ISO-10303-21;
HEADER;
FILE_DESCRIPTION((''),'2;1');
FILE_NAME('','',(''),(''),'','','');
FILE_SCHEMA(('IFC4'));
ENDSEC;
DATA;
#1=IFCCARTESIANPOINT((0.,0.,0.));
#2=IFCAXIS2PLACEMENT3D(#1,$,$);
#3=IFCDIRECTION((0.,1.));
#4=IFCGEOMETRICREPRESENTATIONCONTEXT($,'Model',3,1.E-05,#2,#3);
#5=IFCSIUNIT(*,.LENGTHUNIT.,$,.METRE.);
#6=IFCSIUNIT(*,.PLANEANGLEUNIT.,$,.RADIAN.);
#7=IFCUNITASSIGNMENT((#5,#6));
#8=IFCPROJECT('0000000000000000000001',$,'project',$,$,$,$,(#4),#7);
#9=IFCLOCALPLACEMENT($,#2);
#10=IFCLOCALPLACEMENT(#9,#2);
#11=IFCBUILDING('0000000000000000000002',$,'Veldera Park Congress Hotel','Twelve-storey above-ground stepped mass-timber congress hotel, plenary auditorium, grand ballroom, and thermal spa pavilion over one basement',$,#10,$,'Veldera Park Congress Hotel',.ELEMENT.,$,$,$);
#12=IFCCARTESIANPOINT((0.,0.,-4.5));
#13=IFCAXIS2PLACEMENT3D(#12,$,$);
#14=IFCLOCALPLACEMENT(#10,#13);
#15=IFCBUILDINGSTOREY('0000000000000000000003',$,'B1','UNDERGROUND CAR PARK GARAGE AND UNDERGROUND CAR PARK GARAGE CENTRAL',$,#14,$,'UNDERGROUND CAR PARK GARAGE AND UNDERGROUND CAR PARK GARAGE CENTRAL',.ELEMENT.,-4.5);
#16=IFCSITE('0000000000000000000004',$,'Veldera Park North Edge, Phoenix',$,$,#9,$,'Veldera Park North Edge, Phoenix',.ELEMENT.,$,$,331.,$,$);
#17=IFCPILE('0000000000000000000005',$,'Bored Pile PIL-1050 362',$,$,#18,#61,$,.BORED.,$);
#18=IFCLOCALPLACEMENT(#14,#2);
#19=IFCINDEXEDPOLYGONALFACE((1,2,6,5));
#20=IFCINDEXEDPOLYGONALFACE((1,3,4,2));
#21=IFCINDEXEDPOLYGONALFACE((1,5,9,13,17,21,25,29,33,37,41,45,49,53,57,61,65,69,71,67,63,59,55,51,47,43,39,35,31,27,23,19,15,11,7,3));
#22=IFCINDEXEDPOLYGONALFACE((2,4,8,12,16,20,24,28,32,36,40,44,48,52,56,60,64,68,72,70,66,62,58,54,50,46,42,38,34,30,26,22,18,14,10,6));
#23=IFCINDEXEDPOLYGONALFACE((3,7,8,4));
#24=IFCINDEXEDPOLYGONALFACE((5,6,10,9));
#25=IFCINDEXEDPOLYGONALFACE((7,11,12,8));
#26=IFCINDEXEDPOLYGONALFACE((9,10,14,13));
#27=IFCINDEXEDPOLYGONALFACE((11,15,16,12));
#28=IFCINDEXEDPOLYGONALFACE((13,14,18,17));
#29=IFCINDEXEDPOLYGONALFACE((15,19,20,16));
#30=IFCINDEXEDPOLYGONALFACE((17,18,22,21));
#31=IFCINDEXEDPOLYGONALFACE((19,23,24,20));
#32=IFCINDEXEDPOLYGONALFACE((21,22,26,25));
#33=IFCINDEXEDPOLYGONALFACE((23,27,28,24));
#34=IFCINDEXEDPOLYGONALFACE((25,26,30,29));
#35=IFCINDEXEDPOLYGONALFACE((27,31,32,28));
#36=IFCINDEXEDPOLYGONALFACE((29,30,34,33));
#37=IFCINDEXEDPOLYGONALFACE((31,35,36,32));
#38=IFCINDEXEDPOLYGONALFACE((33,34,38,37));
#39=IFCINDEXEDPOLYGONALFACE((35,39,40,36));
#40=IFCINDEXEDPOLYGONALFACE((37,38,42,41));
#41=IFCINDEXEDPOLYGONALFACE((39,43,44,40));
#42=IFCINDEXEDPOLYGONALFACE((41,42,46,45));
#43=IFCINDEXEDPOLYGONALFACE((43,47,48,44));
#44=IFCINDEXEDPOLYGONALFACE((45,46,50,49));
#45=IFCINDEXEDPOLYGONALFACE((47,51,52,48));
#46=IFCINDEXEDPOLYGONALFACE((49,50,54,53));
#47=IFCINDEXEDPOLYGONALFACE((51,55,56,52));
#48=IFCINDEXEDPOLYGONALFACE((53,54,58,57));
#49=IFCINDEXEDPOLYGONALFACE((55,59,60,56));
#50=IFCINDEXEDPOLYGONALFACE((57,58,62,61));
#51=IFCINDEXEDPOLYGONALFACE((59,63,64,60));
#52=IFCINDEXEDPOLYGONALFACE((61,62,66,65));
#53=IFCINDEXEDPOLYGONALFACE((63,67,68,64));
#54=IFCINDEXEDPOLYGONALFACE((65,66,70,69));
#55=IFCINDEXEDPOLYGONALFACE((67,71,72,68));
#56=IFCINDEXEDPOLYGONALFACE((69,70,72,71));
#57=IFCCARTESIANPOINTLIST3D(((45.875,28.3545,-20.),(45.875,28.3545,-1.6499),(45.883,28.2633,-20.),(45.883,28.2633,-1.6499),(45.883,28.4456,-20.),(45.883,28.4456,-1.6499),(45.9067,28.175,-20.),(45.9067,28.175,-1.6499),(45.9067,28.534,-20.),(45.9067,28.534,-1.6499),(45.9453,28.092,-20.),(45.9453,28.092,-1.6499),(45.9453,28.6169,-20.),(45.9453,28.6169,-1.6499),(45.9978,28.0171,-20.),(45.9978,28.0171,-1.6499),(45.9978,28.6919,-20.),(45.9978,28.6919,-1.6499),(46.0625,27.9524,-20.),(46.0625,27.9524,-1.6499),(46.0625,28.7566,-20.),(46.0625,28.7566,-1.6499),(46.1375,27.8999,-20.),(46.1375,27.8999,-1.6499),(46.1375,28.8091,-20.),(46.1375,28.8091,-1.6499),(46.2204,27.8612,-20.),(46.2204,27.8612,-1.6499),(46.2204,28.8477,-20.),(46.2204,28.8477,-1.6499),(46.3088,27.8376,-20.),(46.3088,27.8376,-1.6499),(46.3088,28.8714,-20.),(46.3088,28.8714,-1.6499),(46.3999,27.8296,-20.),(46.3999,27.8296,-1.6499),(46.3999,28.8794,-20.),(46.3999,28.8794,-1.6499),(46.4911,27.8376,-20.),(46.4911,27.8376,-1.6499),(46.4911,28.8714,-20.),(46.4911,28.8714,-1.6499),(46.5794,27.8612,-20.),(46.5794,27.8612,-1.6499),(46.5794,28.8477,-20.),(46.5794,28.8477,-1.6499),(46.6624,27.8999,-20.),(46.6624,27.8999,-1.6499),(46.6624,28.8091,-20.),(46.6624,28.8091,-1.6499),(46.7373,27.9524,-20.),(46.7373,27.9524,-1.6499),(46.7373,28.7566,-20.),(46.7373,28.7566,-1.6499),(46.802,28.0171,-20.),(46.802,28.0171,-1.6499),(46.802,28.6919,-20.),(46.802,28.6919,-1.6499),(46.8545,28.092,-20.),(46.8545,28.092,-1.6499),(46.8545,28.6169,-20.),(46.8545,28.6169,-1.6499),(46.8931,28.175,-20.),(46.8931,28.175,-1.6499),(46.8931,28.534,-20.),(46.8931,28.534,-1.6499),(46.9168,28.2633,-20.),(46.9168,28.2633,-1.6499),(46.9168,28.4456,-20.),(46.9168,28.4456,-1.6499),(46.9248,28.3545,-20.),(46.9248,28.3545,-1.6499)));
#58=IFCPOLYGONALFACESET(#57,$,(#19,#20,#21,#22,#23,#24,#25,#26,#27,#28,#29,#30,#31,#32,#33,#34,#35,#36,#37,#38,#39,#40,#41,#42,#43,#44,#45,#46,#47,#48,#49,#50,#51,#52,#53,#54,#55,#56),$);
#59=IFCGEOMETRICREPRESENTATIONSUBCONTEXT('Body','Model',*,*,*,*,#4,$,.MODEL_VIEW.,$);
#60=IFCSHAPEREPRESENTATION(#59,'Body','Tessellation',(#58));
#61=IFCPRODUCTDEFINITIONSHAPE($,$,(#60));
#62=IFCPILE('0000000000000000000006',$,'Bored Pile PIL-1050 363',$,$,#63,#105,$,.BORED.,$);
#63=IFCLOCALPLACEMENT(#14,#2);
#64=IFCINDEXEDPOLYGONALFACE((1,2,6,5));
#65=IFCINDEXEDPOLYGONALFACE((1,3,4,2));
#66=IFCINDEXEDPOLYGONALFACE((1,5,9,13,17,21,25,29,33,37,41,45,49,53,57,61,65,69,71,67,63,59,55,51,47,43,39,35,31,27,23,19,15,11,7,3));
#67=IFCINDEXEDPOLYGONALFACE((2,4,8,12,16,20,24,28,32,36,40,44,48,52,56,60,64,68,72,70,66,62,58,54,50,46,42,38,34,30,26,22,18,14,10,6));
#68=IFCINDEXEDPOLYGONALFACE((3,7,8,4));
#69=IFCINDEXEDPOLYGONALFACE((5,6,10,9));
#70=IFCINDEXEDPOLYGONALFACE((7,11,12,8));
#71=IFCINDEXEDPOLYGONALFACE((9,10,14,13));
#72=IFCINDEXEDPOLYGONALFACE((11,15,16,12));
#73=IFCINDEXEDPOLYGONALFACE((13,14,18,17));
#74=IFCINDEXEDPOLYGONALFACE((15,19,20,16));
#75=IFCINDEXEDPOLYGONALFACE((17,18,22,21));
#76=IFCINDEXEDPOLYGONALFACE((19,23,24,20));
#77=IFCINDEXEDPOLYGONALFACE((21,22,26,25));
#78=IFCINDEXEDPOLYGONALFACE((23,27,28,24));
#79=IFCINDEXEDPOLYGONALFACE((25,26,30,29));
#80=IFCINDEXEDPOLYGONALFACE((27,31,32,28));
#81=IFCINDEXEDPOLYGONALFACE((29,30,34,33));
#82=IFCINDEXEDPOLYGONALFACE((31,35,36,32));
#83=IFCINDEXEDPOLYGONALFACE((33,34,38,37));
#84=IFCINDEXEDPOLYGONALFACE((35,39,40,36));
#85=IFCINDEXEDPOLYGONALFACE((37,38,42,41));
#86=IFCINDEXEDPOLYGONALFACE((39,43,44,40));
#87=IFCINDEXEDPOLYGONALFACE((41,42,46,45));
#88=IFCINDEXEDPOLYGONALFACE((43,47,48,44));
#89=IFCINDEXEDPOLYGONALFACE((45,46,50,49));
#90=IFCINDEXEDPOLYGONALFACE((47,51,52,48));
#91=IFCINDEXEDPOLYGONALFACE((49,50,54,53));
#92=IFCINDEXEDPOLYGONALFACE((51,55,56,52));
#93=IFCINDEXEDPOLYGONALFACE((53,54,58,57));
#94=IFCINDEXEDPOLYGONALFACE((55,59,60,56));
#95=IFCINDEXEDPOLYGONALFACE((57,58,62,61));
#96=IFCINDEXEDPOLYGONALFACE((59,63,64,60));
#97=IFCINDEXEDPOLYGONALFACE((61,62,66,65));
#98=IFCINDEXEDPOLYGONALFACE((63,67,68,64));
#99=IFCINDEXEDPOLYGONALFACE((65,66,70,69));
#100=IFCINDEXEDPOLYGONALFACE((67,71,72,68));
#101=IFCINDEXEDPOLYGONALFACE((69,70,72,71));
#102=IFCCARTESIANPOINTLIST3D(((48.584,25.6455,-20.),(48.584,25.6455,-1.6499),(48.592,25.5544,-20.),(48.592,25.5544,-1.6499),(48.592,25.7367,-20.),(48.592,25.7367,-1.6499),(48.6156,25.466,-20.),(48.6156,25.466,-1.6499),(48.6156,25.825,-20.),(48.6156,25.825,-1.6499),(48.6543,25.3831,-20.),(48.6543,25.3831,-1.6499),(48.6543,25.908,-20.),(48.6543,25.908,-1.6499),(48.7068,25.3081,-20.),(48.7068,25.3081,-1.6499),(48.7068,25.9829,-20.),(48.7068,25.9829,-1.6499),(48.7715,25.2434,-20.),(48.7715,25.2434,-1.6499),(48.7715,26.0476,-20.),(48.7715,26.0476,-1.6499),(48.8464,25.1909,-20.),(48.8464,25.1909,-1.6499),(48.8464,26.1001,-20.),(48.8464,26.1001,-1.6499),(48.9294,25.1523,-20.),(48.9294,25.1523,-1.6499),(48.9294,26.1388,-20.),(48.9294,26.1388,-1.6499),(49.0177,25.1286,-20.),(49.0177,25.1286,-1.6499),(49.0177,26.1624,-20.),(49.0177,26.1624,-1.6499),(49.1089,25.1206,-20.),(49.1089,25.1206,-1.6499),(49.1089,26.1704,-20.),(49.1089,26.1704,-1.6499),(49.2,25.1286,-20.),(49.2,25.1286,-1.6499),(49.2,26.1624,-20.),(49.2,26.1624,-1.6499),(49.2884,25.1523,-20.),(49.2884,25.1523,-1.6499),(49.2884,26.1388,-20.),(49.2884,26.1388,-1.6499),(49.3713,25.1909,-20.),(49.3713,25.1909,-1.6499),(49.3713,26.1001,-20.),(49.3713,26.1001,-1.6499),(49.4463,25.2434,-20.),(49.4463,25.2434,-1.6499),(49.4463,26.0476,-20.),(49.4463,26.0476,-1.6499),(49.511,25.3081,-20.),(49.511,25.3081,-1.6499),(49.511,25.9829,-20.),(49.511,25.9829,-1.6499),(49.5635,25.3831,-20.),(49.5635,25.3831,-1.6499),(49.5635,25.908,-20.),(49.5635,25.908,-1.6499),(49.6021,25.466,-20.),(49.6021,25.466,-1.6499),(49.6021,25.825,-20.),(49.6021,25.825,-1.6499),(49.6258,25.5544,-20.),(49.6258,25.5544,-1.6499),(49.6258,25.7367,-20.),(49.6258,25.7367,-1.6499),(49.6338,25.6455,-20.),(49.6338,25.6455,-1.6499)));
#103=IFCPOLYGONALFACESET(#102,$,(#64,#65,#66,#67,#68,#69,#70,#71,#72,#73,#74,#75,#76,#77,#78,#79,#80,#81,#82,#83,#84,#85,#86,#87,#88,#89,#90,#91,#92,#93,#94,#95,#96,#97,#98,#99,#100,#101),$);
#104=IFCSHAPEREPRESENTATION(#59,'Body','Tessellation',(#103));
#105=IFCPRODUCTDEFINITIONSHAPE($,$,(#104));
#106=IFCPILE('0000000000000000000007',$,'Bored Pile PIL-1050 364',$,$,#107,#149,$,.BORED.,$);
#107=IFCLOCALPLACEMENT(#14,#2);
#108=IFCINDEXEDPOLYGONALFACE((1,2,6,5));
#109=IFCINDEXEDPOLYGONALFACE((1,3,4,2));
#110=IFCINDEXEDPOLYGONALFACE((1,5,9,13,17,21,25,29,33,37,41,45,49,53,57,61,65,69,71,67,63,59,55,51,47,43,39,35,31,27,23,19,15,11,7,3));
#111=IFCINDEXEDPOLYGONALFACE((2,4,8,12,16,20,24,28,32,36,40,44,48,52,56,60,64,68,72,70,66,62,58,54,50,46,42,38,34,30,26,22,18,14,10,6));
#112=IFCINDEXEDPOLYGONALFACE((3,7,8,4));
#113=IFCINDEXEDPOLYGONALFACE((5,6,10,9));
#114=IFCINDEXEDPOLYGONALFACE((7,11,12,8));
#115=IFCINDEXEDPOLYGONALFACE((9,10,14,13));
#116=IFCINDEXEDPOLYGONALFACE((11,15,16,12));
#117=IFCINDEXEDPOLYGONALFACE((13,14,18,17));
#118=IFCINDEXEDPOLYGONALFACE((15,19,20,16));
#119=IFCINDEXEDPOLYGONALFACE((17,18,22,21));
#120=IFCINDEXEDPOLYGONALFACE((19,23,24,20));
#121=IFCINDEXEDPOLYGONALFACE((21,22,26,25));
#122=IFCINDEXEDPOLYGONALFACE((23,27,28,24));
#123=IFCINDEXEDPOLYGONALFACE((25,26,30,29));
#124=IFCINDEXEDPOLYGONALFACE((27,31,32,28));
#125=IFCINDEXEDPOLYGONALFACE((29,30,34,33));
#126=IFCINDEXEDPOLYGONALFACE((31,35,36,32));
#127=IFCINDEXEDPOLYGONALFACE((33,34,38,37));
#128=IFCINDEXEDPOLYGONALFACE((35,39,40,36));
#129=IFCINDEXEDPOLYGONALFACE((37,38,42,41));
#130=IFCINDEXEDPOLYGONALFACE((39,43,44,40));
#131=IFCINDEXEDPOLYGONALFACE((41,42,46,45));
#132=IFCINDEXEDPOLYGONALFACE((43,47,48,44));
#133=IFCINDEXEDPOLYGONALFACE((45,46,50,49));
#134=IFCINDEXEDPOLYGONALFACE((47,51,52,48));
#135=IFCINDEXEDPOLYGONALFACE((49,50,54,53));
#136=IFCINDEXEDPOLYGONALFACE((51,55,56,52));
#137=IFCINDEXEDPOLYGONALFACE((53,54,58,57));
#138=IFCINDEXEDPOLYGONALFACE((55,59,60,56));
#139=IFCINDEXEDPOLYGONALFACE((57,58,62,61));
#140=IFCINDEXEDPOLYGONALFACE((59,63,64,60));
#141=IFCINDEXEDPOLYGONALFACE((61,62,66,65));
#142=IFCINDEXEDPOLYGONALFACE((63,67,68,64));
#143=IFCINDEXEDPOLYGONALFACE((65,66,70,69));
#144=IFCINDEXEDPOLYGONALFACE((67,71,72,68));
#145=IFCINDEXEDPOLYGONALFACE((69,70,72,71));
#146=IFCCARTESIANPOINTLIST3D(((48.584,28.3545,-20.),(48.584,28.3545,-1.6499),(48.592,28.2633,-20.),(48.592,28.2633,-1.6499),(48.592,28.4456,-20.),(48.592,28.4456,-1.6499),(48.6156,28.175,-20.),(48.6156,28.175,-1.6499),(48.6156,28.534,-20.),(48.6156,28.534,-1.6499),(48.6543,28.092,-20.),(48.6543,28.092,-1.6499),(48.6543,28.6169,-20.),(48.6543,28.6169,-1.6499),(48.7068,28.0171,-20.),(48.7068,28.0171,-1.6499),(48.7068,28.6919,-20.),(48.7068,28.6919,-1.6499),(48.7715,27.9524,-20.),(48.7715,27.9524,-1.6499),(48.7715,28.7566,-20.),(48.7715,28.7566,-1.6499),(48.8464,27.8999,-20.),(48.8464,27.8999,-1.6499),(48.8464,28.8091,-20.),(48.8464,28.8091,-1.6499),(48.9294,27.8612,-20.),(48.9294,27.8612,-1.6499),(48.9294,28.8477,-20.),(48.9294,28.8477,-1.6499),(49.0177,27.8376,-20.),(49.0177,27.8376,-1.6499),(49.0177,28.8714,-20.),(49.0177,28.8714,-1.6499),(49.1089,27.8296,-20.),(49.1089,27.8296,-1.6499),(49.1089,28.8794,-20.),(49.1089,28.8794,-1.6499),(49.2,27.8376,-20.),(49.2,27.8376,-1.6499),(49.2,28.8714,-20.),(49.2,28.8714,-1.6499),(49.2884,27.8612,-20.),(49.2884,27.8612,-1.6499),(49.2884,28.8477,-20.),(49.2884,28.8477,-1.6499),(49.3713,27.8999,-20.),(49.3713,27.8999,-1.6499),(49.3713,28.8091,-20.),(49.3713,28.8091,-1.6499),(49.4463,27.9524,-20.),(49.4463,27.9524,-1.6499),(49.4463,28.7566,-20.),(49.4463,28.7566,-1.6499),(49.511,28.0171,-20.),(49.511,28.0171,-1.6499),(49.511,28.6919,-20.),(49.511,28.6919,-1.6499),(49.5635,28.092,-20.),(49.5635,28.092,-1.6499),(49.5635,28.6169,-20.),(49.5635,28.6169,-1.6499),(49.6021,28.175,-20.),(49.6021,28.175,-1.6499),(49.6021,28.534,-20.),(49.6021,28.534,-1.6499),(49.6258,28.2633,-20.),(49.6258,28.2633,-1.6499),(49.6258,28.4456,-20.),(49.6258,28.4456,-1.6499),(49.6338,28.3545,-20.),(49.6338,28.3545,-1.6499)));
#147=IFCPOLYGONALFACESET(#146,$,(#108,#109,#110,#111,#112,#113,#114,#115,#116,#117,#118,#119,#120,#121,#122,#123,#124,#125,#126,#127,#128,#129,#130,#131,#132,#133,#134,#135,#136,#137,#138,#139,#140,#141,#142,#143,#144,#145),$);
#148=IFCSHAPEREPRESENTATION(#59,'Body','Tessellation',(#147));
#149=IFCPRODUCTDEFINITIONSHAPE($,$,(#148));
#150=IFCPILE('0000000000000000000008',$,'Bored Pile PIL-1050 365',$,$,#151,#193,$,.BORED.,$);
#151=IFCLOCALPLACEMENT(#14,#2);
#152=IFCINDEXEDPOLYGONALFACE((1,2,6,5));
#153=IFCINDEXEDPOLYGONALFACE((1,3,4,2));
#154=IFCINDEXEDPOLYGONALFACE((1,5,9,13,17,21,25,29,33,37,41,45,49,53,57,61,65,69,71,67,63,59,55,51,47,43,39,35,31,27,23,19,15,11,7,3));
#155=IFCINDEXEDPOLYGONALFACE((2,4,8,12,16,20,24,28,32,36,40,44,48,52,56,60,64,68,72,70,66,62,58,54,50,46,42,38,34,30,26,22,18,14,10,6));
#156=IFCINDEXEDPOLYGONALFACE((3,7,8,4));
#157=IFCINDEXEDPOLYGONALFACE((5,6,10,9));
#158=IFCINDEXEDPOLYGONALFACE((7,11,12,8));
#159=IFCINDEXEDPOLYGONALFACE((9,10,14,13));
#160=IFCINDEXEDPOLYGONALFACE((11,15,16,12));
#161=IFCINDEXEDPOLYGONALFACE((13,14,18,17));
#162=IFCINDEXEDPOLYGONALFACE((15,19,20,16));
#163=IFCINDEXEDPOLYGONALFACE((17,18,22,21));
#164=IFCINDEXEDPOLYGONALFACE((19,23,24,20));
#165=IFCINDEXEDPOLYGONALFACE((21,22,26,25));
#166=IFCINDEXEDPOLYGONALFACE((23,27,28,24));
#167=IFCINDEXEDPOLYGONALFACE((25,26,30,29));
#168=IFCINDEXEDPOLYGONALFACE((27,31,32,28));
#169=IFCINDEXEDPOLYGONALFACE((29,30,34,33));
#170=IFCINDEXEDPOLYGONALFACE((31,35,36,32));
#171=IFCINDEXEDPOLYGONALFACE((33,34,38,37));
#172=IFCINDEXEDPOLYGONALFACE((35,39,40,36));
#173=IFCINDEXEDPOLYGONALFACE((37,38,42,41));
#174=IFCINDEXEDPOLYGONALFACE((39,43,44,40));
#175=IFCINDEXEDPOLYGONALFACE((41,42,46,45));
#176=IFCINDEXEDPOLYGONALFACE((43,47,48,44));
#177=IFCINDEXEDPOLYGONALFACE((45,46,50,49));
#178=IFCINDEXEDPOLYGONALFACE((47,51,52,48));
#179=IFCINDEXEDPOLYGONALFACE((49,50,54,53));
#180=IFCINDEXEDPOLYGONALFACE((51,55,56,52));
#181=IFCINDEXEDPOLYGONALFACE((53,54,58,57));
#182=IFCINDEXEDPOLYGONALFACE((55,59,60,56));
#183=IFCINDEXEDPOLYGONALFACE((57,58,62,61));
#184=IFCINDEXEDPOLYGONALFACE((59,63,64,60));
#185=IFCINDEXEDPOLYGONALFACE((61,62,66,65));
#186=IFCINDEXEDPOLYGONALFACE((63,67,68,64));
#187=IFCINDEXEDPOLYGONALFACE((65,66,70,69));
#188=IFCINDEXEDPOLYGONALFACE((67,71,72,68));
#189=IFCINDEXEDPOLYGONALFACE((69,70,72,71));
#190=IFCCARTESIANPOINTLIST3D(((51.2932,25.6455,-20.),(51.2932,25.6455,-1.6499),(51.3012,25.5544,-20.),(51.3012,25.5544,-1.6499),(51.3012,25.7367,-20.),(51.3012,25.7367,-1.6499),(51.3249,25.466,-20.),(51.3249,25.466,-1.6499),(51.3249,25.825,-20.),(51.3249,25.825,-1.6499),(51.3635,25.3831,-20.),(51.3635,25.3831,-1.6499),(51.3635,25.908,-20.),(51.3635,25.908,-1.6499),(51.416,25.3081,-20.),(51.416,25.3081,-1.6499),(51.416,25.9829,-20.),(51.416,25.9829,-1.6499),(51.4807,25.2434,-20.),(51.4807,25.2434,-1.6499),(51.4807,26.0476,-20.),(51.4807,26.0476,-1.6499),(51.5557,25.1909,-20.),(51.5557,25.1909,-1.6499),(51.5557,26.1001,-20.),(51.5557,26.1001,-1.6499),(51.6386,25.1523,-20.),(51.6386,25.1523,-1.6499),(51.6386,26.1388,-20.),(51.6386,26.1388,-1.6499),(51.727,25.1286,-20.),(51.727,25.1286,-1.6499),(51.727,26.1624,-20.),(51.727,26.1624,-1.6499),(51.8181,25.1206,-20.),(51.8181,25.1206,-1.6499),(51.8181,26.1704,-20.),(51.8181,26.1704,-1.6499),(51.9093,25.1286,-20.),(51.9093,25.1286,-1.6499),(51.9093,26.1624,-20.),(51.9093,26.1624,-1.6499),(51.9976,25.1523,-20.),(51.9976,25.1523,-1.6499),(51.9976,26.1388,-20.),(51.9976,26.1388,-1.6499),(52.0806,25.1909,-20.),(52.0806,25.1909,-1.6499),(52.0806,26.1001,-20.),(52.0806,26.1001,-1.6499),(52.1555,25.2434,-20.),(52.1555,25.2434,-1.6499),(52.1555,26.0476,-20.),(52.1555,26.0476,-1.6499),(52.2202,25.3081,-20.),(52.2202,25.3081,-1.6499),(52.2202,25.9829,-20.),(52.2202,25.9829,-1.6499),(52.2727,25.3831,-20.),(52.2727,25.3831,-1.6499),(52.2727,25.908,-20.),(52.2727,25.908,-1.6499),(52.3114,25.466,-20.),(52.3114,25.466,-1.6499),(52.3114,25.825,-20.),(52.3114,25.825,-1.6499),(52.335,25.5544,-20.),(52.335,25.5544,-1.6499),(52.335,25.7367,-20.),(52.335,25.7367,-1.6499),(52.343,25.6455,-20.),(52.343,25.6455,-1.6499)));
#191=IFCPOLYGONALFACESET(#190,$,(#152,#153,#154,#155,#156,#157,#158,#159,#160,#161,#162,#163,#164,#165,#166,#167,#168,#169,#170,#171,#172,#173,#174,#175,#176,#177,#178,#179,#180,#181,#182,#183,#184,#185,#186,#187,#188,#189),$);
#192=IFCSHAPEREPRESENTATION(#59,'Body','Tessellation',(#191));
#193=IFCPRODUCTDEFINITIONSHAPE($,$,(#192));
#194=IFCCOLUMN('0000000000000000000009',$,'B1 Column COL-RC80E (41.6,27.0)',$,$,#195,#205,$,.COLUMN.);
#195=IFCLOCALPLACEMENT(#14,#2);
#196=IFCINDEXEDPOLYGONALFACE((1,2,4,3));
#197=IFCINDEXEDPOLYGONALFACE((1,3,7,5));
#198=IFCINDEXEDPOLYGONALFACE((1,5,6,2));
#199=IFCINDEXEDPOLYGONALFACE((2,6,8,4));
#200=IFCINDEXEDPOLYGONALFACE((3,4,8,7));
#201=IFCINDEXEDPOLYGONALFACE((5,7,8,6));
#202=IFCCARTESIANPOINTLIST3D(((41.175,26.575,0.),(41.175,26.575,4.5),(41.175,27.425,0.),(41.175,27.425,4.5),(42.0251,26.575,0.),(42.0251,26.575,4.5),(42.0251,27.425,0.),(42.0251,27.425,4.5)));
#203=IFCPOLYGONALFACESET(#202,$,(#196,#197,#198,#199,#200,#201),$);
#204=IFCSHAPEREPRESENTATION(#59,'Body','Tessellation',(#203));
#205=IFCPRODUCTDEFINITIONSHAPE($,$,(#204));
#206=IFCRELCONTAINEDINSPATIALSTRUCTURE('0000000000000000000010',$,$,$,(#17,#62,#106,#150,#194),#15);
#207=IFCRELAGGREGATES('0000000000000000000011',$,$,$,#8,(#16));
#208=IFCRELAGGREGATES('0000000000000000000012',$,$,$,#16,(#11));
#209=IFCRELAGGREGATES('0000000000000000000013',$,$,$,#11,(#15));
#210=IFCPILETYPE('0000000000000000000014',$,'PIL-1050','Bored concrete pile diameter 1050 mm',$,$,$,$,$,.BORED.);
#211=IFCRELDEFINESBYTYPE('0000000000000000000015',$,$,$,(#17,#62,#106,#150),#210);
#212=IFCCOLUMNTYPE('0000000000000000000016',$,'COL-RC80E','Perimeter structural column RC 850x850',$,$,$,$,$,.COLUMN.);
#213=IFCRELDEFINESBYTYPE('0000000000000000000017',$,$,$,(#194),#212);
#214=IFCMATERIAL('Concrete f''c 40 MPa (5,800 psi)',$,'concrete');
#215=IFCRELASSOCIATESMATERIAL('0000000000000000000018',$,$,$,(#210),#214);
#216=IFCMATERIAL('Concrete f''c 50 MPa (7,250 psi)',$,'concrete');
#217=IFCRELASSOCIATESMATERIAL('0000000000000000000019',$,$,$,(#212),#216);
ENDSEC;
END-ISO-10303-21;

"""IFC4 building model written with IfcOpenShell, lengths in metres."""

from ifc_helpers import new_model, si_unit, direction, frame, origin, origin_2d, place, context, subcontext, project, spatial, rectangle, circle, extrude, material, material_profile, profile_set, type_object, element, save


model = new_model("IFC4")

# Units and contexts
model_context = context("Model", 3, precision=1e-05, world=origin(), true_north=direction((0.0, 1.0)))
body_context = subcontext(model_context, "Body", "Model", "MODEL_VIEW")
ifc_project = project(units=[si_unit("LENGTHUNIT", "METRE"), si_unit("PLANEANGLEUNIT", "RADIAN")], contexts=[model_context])

# Site, building, storey
site_placement = place(None, origin())
site = spatial("IfcSite", under=ifc_project, at=site_placement, Name="Veldera Park North Edge, Phoenix", LongName="Veldera Park North Edge, Phoenix", CompositionType="ELEMENT", RefElevation=331.0)
building_placement = place(site_placement, origin())
building = spatial("IfcBuilding", under=site, at=building_placement, Name="Veldera Park Congress Hotel", Description="Twelve-storey above-ground stepped mass-timber congress hotel, plenary auditorium, grand ballroom, and thermal spa pavilion over one basement", LongName="Veldera Park Congress Hotel", CompositionType="ELEMENT")
storey_placement = place(building_placement, frame((0.0, 0.0, -4.5)))
storey = spatial("IfcBuildingStorey", under=building, at=storey_placement, Name="B1", Description="UNDERGROUND CAR PARK GARAGE AND UNDERGROUND CAR PARK GARAGE CENTRAL", LongName="UNDERGROUND CAR PARK GARAGE AND UNDERGROUND CAR PARK GARAGE CENTRAL", CompositionType="ELEMENT", Elevation=-4.5)

# Shared definitions
ifc_material_1 = material(Name="Concrete f'c 40 MPa (5,800 psi)", Category="concrete")

# Piles
ifc_material_profile_1 = material_profile(ifc_material_1, circle(Radius=0.5249, at=origin_2d()), Name="PILE D1050")
ifc_profile_set_1 = profile_set([ifc_material_profile_1], Name="Concrete f'c 40 MPa (5,800 psi)")
pile_type = type_object("IfcPileType", Name="PIL-1050", Description="Bored concrete pile diameter 1050 mm", PredefinedType="BORED", material=ifc_profile_set_1)
for number, where, z_axis, x_axis, name in (
    (1, (46.3999, 28.3545, -1.6499), (0.0, 0.0, -1.0), (1.0, 0.0, 0.0), "Bored Pile PIL-1050 362"),
    (2, (49.1089, 25.6455, -1.6499), (0.0, 0.0, -1.0), (1.0, 0.0, 0.0), "Bored Pile PIL-1050 363"),
    (3, (49.1089, 28.3545, -1.6499), (0.0, 0.0, -1.0), (1.0, 0.0, 0.0), "Bored Pile PIL-1050 364"),
    (4, (51.8181, 25.6455, -1.6499), (0.0, 0.0, -1.0), (1.0, 0.0, 0.0), "Bored Pile PIL-1050 365"),
):
    element("IfcPile", number, at=place(storey_placement, frame(where, z_axis=z_axis, x_axis=x_axis)), inside=storey, type_object=pile_type, Name=name, PredefinedType="BORED", context=body_context, shape_type="SweptSolid", body=[
        extrude(circle(Radius=0.5249, at=origin_2d()), origin(), (0.0, 0.0, 1.0), 18.3501),
    ])

# Column
ifc_material_2 = material(Name="Concrete f'c 50 MPa (7,250 psi)", Category="concrete")
ifc_material_profile_2 = material_profile(ifc_material_2, rectangle(XDim=0.8501, YDim=0.8501, at=origin_2d()), Name="RC 850x850")
ifc_profile_set_2 = profile_set([ifc_material_profile_2], Name="Concrete f'c 50 MPa (7,250 psi)")
column_type = type_object("IfcColumnType", Name="COL-RC80E", Description="Perimeter structural column RC 850x850", PredefinedType="COLUMN", material=ifc_profile_set_2)
for number, where, z_axis, x_axis, name in (
    (5, (41.6001, 27.0, 0.0), (0.0, 0.0, 1.0), (1.0, 0.0, 0.0), "B1 Column COL-RC80E (41.6,27.0)"),
):
    element("IfcColumn", number, at=place(storey_placement, frame(where, z_axis=z_axis, x_axis=x_axis)), inside=storey, type_object=column_type, Name=name, PredefinedType="COLUMN", context=body_context, shape_type="SweptSolid", body=[
        extrude(rectangle(XDim=0.8501, YDim=0.8501, at=origin_2d()), origin(), (0.0, 0.0, 1.0), 4.5),
    ])

save(model, "model.ifc")
